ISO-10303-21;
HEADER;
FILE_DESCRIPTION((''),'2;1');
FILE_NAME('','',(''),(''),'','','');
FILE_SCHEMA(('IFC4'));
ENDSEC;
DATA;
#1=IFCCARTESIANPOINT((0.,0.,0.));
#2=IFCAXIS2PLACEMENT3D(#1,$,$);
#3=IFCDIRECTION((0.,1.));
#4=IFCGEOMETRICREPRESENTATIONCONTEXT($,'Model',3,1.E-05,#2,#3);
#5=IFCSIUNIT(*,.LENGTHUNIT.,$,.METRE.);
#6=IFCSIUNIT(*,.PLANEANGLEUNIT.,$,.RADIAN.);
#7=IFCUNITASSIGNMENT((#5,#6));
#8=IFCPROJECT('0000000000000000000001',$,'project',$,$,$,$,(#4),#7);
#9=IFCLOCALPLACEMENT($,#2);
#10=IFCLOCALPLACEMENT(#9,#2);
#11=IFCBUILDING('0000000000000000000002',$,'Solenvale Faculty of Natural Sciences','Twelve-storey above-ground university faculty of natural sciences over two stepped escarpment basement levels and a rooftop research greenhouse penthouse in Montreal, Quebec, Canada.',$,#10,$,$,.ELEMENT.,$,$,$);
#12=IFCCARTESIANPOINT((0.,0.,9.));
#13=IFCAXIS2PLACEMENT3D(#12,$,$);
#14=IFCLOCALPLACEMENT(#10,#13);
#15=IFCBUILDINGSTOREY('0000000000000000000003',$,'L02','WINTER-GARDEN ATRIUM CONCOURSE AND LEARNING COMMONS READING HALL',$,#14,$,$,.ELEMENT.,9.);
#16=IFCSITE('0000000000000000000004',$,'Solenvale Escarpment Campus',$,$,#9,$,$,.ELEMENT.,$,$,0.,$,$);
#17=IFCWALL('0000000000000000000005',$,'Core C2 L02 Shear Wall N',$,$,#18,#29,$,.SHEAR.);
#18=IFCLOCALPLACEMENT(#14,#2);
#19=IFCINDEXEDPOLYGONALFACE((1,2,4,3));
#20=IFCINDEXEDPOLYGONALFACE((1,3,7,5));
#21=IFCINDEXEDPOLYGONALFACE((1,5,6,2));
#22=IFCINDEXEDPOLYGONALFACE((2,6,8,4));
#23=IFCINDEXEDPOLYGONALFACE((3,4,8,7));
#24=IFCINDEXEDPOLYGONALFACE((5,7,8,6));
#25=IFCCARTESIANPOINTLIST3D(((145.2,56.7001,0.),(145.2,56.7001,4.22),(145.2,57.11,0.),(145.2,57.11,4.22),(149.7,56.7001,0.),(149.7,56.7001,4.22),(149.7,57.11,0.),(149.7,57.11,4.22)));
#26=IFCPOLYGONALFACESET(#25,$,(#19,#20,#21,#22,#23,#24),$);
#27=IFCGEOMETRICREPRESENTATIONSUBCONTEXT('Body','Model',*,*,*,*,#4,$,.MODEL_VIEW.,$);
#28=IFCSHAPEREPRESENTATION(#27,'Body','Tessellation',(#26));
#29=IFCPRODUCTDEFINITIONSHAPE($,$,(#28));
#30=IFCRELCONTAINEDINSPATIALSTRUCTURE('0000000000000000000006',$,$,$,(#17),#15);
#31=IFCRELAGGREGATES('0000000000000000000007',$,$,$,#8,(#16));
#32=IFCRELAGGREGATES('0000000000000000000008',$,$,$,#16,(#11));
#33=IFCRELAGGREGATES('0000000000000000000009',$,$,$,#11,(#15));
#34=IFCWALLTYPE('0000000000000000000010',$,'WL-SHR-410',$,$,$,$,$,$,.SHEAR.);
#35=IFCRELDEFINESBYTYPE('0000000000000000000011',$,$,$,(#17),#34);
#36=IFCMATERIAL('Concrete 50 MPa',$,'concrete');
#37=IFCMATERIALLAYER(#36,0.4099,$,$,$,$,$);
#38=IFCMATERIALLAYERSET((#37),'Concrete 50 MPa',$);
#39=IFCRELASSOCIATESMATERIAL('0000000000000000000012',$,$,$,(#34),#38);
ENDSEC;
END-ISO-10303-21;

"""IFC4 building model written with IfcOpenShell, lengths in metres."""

from ifc_helpers import new_model, si_unit, direction, frame, frame_2d, origin, place, context, subcontext, project, spatial, rectangle, extrude, material, layer, layer_set, type_object, element, save


model = new_model("IFC4")

# Units and contexts
model_context = context("Model", 3, precision=1e-05, world=origin(), true_north=direction((0.0, 1.0)))
body_context = subcontext(model_context, "Body", "Model", "MODEL_VIEW")
ifc_project = project(units=[si_unit("LENGTHUNIT", "METRE"), si_unit("PLANEANGLEUNIT", "RADIAN")], contexts=[model_context])

# Site, building, storey
site_placement = place(None, origin())
site = spatial("IfcSite", under=ifc_project, at=site_placement, Name="Solenvale Escarpment Campus", CompositionType="ELEMENT", RefElevation=0.0)
building_placement = place(site_placement, origin())
building = spatial("IfcBuilding", under=site, at=building_placement, Name="Solenvale Faculty of Natural Sciences", Description="Twelve-storey above-ground university faculty of natural sciences over two stepped escarpment basement levels and a rooftop research greenhouse penthouse in Montreal, Quebec, Canada.", CompositionType="ELEMENT")
storey_placement = place(building_placement, frame((0.0, 0.0, 9.0)))
storey = spatial("IfcBuildingStorey", under=building, at=storey_placement, Name="L02", Description="WINTER-GARDEN ATRIUM CONCOURSE AND LEARNING COMMONS READING HALL", CompositionType="ELEMENT", Elevation=9.0)

# Wall
ifc_material_1 = material(Name="Concrete 50 MPa", Category="concrete")
ifc_layer_1 = layer(ifc_material_1, 0.4099)
ifc_layer_set_1 = layer_set([ifc_layer_1], Name="Concrete 50 MPa")
wall_type_1 = type_object("IfcWallType", Name="WL-SHR-410", PredefinedType="SHEAR", material=ifc_layer_set_1)
wall_1_placement = place(storey_placement, frame((145.2, 56.905, 0.0), z_axis=(0.0, 0.0, 1.0), x_axis=(1.0, 0.0, 0.0)))
element("IfcWall", 1, at=wall_1_placement, inside=storey, type_object=wall_type_1, Name="Core C2 L02 Shear Wall N", PredefinedType="SHEAR", context=body_context, shape_type="SweptSolid", body=[
    extrude(rectangle(XDim=4.5, YDim=0.4099, at=frame_2d((2.25, 0.0))), origin(), (0.0, 0.0, 1.0), 4.22),
])

save(model, "model.ifc")
